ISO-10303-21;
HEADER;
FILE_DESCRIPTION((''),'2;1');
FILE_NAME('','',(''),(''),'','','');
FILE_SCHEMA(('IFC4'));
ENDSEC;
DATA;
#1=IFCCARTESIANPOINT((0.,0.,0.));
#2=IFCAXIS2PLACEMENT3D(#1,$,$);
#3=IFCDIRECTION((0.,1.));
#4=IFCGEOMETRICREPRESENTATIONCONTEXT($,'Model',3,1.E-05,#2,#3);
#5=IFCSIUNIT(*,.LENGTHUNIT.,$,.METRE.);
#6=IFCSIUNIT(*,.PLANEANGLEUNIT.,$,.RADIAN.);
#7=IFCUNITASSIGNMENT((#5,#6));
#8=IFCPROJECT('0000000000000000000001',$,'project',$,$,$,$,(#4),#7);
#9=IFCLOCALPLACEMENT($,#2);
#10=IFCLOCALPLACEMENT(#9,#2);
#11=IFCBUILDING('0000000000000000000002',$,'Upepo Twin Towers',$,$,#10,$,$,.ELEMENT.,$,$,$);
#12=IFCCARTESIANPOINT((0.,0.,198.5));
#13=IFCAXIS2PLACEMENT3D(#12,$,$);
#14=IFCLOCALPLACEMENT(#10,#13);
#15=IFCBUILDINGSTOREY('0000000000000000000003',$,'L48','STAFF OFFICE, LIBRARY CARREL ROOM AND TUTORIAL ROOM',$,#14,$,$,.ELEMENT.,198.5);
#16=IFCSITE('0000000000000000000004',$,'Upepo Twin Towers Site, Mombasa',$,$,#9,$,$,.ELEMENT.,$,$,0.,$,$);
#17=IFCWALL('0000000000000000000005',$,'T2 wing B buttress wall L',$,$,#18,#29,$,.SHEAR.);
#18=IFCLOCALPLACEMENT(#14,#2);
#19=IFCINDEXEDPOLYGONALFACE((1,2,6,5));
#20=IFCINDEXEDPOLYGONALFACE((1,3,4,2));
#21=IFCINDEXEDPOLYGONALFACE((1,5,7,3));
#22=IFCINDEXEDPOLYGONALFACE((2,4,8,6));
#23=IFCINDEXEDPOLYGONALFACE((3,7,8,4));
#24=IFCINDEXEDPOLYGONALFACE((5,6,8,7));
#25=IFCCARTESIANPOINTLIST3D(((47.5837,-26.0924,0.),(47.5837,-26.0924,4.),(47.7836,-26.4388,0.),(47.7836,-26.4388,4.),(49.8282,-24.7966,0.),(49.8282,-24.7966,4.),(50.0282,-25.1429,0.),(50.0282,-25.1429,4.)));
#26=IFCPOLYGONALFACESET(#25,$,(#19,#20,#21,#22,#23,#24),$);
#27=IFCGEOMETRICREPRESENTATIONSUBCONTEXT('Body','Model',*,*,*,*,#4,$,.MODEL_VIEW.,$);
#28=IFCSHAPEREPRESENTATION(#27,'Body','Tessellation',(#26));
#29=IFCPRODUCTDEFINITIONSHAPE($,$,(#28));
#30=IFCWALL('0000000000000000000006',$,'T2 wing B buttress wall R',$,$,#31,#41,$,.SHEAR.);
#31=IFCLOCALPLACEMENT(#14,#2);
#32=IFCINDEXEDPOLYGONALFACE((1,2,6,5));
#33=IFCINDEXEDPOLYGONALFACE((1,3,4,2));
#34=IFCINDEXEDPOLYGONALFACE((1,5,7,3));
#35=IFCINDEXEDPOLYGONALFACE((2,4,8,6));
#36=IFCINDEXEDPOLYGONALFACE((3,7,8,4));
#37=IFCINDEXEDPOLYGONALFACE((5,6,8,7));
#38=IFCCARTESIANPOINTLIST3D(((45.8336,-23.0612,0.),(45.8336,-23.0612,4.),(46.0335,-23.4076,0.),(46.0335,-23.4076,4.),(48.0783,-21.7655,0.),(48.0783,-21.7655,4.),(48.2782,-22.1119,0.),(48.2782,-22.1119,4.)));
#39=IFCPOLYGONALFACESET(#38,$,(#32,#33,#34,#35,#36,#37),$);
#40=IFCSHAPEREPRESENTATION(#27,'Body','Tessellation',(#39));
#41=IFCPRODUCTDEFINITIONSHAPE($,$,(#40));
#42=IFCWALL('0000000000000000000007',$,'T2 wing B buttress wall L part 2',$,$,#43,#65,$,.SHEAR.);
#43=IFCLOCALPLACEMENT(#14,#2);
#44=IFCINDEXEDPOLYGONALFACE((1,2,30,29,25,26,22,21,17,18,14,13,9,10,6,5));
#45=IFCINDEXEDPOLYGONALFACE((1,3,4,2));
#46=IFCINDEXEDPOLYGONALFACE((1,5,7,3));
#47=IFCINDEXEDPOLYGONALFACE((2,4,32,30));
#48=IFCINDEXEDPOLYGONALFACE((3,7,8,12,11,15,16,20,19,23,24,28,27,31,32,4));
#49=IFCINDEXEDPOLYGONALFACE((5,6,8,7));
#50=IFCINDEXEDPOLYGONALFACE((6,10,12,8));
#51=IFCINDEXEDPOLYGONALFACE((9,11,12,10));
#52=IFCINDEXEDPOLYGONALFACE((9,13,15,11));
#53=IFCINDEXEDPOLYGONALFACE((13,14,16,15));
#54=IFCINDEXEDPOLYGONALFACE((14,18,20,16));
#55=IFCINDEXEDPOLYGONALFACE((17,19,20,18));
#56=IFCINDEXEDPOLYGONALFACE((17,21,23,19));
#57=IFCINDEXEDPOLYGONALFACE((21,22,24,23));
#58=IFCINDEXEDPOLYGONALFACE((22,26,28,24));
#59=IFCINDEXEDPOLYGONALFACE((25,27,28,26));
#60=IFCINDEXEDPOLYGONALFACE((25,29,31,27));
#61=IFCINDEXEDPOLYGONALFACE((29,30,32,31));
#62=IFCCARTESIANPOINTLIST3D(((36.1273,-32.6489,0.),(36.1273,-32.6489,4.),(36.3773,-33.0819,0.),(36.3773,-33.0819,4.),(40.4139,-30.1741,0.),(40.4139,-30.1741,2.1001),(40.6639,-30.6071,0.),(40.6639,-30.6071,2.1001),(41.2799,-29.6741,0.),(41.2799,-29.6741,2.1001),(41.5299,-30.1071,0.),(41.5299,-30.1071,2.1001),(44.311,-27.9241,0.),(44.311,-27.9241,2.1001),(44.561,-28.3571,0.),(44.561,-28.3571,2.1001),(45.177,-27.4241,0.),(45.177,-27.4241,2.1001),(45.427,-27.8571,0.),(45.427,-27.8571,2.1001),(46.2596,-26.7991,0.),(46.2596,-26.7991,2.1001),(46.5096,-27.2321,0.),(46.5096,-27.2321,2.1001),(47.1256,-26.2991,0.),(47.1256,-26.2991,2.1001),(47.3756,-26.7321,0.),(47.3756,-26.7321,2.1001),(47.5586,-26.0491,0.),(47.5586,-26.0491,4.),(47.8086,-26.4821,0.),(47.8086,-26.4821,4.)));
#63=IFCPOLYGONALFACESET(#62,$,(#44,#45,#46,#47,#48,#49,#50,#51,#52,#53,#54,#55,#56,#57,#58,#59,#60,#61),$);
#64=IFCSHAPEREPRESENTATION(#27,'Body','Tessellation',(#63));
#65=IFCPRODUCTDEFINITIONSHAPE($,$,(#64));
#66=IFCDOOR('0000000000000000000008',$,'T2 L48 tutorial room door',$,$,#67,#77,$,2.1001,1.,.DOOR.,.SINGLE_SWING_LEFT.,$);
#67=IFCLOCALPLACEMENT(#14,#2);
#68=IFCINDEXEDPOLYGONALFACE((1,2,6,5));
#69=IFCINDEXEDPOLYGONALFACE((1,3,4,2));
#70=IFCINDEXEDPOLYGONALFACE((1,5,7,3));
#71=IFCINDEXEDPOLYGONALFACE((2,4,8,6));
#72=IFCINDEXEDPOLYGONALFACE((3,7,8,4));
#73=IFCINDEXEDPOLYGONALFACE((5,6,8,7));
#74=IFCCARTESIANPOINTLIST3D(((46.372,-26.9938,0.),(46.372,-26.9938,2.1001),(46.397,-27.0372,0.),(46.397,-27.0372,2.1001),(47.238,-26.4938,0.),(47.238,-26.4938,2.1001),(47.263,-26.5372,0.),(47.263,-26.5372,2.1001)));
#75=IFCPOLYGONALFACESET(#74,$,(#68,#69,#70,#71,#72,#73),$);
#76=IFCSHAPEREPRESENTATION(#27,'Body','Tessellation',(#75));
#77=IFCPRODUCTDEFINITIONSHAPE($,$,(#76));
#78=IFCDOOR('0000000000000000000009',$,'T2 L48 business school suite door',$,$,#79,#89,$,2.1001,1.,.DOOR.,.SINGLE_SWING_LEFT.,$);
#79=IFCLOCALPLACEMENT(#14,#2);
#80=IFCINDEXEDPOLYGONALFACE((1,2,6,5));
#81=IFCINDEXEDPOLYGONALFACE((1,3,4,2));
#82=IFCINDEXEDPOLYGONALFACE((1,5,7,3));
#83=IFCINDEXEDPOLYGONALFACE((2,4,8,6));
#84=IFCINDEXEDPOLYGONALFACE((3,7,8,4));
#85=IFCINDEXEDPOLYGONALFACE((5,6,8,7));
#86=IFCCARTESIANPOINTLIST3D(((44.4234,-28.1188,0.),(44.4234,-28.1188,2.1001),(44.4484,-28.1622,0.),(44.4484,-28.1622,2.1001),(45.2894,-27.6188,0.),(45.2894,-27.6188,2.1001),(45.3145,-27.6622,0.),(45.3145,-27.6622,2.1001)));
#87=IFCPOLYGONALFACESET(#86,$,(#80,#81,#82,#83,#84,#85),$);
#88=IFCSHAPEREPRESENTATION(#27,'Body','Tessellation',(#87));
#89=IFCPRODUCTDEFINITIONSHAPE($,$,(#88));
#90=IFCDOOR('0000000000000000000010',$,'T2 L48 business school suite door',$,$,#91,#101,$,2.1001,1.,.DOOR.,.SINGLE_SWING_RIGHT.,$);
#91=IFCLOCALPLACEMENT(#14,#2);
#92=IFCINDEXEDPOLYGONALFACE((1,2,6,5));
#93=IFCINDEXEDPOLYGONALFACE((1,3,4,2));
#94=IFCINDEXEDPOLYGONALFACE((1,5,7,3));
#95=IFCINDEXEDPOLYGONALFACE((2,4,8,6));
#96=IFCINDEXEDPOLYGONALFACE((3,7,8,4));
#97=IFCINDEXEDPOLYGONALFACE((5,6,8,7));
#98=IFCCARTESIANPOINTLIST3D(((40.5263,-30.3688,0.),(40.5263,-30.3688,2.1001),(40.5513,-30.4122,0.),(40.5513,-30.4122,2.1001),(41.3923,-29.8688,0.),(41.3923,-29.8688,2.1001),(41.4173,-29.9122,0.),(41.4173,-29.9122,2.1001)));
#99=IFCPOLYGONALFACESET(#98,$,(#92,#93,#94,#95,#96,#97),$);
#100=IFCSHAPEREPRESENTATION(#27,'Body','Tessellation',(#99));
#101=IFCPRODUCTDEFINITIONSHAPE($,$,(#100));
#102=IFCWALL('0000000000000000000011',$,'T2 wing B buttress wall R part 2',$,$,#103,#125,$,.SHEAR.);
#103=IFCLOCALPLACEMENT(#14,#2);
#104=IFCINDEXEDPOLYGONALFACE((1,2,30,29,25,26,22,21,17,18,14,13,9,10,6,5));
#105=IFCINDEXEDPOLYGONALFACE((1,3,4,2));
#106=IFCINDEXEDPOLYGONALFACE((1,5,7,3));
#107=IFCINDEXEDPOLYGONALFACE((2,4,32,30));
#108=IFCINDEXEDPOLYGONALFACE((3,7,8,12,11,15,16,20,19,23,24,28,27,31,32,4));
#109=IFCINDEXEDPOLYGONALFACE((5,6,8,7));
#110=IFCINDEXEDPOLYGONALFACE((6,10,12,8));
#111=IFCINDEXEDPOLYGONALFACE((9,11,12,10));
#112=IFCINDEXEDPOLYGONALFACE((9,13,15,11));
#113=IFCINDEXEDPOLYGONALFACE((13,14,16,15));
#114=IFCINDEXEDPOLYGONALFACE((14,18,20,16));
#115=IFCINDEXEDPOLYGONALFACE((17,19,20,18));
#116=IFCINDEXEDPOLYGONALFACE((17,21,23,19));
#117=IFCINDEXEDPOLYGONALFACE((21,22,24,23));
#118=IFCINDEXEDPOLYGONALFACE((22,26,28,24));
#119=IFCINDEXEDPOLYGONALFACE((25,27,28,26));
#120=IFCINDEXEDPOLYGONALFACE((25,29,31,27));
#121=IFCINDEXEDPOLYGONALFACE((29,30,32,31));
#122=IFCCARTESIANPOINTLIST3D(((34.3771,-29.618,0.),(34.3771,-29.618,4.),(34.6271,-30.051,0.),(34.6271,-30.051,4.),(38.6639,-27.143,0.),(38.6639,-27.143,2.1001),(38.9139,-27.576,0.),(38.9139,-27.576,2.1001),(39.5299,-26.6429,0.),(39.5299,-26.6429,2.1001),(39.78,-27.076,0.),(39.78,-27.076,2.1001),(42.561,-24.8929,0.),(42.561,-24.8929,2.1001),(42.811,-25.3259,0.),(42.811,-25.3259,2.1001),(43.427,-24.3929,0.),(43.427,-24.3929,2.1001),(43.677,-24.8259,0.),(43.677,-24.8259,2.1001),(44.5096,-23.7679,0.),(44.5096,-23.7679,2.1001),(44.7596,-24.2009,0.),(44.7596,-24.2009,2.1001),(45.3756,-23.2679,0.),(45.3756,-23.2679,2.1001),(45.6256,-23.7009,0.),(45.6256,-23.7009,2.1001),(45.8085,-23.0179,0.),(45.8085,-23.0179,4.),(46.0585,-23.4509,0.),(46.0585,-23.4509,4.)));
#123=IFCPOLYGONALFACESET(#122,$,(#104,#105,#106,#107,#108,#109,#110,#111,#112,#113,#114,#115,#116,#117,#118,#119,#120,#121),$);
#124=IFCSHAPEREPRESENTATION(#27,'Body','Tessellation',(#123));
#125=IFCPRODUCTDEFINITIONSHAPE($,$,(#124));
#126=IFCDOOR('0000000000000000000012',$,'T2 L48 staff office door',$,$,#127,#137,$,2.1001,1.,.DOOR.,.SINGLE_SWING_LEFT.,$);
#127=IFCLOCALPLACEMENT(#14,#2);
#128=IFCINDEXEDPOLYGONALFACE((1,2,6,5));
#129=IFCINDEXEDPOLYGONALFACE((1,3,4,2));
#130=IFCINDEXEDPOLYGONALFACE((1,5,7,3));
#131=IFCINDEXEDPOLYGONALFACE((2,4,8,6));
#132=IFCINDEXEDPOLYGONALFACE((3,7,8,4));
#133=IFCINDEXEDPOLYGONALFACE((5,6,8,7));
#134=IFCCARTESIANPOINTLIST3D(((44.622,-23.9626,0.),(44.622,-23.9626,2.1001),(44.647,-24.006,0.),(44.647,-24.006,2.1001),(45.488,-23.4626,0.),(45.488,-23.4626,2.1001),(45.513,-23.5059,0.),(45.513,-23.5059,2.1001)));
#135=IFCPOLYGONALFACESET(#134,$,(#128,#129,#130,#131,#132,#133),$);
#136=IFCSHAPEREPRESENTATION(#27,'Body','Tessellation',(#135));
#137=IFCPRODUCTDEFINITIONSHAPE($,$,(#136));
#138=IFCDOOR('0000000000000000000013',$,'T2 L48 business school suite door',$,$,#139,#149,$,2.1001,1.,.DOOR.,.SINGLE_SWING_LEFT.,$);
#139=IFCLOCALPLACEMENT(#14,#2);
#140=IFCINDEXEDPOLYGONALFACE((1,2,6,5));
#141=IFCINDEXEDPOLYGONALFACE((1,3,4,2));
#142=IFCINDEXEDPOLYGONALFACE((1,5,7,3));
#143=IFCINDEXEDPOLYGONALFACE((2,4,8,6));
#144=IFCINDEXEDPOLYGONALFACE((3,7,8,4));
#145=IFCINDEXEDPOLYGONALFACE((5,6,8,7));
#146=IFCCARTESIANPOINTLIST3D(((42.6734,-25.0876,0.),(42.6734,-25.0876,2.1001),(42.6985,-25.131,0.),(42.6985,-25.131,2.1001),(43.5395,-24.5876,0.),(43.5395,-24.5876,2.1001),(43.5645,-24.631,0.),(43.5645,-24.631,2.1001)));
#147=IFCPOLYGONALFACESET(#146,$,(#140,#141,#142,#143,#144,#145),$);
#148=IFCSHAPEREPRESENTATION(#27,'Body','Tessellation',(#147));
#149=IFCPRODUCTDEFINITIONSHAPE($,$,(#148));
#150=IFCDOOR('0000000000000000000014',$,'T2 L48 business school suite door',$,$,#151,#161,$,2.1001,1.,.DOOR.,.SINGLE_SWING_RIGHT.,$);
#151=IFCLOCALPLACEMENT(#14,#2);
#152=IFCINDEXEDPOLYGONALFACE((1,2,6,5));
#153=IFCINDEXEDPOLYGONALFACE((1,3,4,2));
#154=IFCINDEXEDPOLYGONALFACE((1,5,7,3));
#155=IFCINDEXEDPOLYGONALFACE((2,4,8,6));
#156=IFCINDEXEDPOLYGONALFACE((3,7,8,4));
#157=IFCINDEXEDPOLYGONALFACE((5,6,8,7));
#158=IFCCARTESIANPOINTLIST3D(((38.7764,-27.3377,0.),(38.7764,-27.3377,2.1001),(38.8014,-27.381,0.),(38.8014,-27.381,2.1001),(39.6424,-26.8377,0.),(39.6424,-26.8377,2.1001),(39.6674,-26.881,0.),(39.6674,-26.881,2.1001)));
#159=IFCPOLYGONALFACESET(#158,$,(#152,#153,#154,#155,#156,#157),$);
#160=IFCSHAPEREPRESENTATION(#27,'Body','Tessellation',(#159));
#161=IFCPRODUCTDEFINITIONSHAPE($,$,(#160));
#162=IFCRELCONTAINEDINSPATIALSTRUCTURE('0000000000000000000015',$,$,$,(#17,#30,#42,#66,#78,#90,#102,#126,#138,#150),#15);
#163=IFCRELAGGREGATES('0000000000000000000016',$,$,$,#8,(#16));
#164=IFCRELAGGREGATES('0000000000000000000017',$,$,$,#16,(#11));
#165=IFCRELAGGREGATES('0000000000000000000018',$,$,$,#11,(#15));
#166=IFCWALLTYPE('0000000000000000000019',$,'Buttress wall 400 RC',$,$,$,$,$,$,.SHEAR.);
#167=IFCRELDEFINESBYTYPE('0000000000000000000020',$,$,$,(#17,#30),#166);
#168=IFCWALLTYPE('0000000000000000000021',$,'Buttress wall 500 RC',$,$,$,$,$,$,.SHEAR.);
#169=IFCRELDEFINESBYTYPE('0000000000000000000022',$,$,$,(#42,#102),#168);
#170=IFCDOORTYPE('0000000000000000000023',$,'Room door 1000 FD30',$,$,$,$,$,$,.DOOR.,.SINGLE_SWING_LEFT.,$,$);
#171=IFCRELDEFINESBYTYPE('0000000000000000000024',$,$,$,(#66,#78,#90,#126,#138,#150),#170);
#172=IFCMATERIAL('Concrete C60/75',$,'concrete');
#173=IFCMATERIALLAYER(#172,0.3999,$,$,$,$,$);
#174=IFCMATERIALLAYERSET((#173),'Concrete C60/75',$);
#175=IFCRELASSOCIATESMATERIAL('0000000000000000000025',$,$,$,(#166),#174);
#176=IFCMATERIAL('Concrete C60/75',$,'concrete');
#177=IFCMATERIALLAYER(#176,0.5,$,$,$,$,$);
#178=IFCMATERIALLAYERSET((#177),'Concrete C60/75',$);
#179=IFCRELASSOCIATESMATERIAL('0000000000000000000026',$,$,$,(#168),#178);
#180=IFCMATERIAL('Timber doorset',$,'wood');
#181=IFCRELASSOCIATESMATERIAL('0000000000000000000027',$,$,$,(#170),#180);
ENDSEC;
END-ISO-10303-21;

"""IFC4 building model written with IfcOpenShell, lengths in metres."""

from ifc_helpers import new_model, si_unit, direction, frame, frame_2d, origin, place, context, subcontext, project, spatial, rectangle, extrude, material, layer, layer_set, type_object, element, fill, save


model = new_model("IFC4")

# Units and contexts
model_context = context("Model", 3, precision=1e-05, world=origin(), true_north=direction((0.0, 1.0)))
body_context = subcontext(model_context, "Body", "Model", "MODEL_VIEW")
ifc_project = project(units=[si_unit("LENGTHUNIT", "METRE"), si_unit("PLANEANGLEUNIT", "RADIAN")], contexts=[model_context])

# Site, building, storey
site_placement = place(None, origin())
site = spatial("IfcSite", under=ifc_project, at=site_placement, Name="Upepo Twin Towers Site, Mombasa", CompositionType="ELEMENT", RefElevation=0.0)
building_placement = place(site_placement, origin())
building = spatial("IfcBuilding", under=site, at=building_placement, Name="Upepo Twin Towers", CompositionType="ELEMENT")
storey_placement = place(building_placement, frame((0.0, 0.0, 198.5)))
storey = spatial("IfcBuildingStorey", under=building, at=storey_placement, Name="L48", Description="STAFF OFFICE, LIBRARY CARREL ROOM AND TUTORIAL ROOM", CompositionType="ELEMENT", Elevation=198.5)

# Walls
ifc_material_1 = material(Name="Concrete C60/75", Category="concrete")
ifc_layer_1 = layer(ifc_material_1, 0.3999)
ifc_layer_set_1 = layer_set([ifc_layer_1], Name="Concrete C60/75")
wall_type_1 = type_object("IfcWallType", Name="Buttress wall 400 RC", PredefinedType="SHEAR", material=ifc_layer_set_1)
for number, where, z_axis, x_axis, name in (
    (1, (49.9282, -24.9697, 0.0), (0.0, 0.0, 1.0), (-0.866032, -0.499989, 0.0), "T2 wing B buttress wall L"),
    (2, (48.1782, -21.9387, 0.0), (0.0, 0.0, 1.0), (-0.866073, -0.499918, 0.0), "T2 wing B buttress wall R"),
):
    element("IfcWall", number, at=place(storey_placement, frame(where, z_axis=z_axis, x_axis=x_axis)), inside=storey, type_object=wall_type_1, Name=name, PredefinedType="SHEAR", context=body_context, shape_type="SweptSolid", body=[
        extrude(rectangle(XDim=2.5918, YDim=0.3999, at=frame_2d((1.2959, 0.0))), origin(), (0.0, 0.0, 1.0), 4.0),
    ])

# Walls, openings, doors
ifc_material_2 = material(Name="Concrete C60/75", Category="concrete")
ifc_layer_2 = layer(ifc_material_2, 0.5)
ifc_layer_set_2 = layer_set([ifc_layer_2], Name="Concrete C60/75")
wall_type_2 = type_object("IfcWallType", Name="Buttress wall 500 RC", PredefinedType="SHEAR", material=ifc_layer_set_2)
wall_1_placement = place(storey_placement, frame((47.6836, -26.2656, 0.0), z_axis=(0.0, 0.0, 1.0), x_axis=(-0.866028, -0.499996, 0.0)))
wall_1 = element("IfcWall", 3, at=wall_1_placement, inside=storey, type_object=wall_type_2, Name="T2 wing B buttress wall L part 2", PredefinedType="SHEAR", context=body_context, shape_type="SweptSolid", body=[
    extrude(rectangle(XDim=13.1997, YDim=0.5, at=frame_2d((6.5999, 0.0))), origin(), (0.0, 0.0, 1.0), 4.0),
])
opening_1_placement = place(wall_1_placement, frame((0.5, 0.0, 0.0)))
opening_1 = element("IfcOpeningElement", 4, at=opening_1_placement, cuts=wall_1, PredefinedType="OPENING", context=body_context, shape_type="SweptSolid", body=[
    extrude(rectangle(XDim=1.0, YDim=2.1001, at=frame_2d((0.5, 1.05))), frame((0.0, 0.26, 0.0), z_axis=(0.0, -1.0, 0.0), x_axis=(1.0, 0.0, 0.0)), (0.0, 0.0, 1.0), 0.52),
])
opening_2_placement = place(wall_1_placement, frame((2.75, 0.0, 0.0)))
opening_2 = element("IfcOpeningElement", 5, at=opening_2_placement, cuts=wall_1, PredefinedType="OPENING", context=body_context, shape_type="SweptSolid", body=[
    extrude(rectangle(XDim=1.0, YDim=2.1001, at=frame_2d((0.5, 1.05))), frame((0.0, 0.26, 0.0), z_axis=(0.0, -1.0, 0.0), x_axis=(1.0, 0.0, 0.0)), (0.0, 0.0, 1.0), 0.52),
])
opening_3_placement = place(wall_1_placement, frame((7.25, 0.0, 0.0)))
opening_3 = element("IfcOpeningElement", 6, at=opening_3_placement, cuts=wall_1, PredefinedType="OPENING", context=body_context, shape_type="SweptSolid", body=[
    extrude(rectangle(XDim=1.0, YDim=2.1001, at=frame_2d((0.5, 1.05))), frame((0.0, 0.26, 0.0), z_axis=(0.0, -1.0, 0.0), x_axis=(1.0, 0.0, 0.0)), (0.0, 0.0, 1.0), 0.52),
])
ifc_material_3 = material(Name="Timber doorset", Category="wood")
door_type_1 = type_object("IfcDoorType", Name="Room door 1000 FD30", OperationType="SINGLE_SWING_LEFT", PredefinedType="DOOR", material=ifc_material_3)
door_1_placement = place(opening_1_placement, origin())
door_1 = element("IfcDoor", 7, at=door_1_placement, inside=storey, type_object=door_type_1, Name="T2 L48 tutorial room door", OperationType="SINGLE_SWING_LEFT", OverallHeight=2.1001, OverallWidth=1.0, PredefinedType="DOOR", context=body_context, shape_type="SweptSolid", body=[
    extrude(rectangle(XDim=1.0, YDim=2.1001, at=frame_2d((0.5, 1.05))), frame((0.0, 0.0249, 0.0), z_axis=(0.0, -1.0, 0.0), x_axis=(1.0, 0.0, 0.0)), (0.0, 0.0, 1.0), 0.05),
])
fill(opening_1, door_1)
door_2_placement = place(opening_2_placement, origin())
door_2 = element("IfcDoor", 8, at=door_2_placement, inside=storey, type_object=door_type_1, Name="T2 L48 business school suite door", OperationType="SINGLE_SWING_LEFT", OverallHeight=2.1001, OverallWidth=1.0, PredefinedType="DOOR", context=body_context, shape_type="SweptSolid", body=[
    extrude(rectangle(XDim=1.0, YDim=2.1001, at=frame_2d((0.5, 1.05))), frame((0.0, 0.0249, 0.0), z_axis=(0.0, -1.0, 0.0), x_axis=(1.0, 0.0, 0.0)), (0.0, 0.0, 1.0), 0.05),
])
fill(opening_2, door_2)
door_3_placement = place(opening_3_placement, origin())
door_3 = element("IfcDoor", 9, at=door_3_placement, inside=storey, type_object=door_type_1, Name="T2 L48 business school suite door", OperationType="SINGLE_SWING_RIGHT", OverallHeight=2.1001, OverallWidth=1.0, PredefinedType="DOOR", context=body_context, shape_type="SweptSolid", body=[
    extrude(rectangle(XDim=1.0, YDim=2.1001, at=frame_2d((0.5, 1.05))), frame((0.0, 0.0249, 0.0), z_axis=(0.0, -1.0, 0.0), x_axis=(1.0, 0.0, 0.0)), (0.0, 0.0, 1.0), 0.05),
])
fill(opening_3, door_3)
wall_2_placement = place(storey_placement, frame((45.9336, -23.2344, 0.0), z_axis=(0.0, 0.0, 1.0), x_axis=(-0.86602, -0.50001, 0.0)))
wall_2 = element("IfcWall", 10, at=wall_2_placement, inside=storey, type_object=wall_type_2, Name="T2 wing B buttress wall R part 2", PredefinedType="SHEAR", context=body_context, shape_type="SweptSolid", body=[
    extrude(rectangle(XDim=13.2, YDim=0.5, at=frame_2d((6.6001, 0.0))), origin(), (0.0, 0.0, 1.0), 4.0),
])
opening_4_placement = place(wall_2_placement, frame((0.5, 0.0, 0.0)))
opening_4 = element("IfcOpeningElement", 11, at=opening_4_placement, cuts=wall_2, PredefinedType="OPENING", context=body_context, shape_type="SweptSolid", body=[
    extrude(rectangle(XDim=1.0, YDim=2.1001, at=frame_2d((0.5, 1.05))), frame((0.0, 0.26, 0.0), z_axis=(0.0, -1.0, 0.0), x_axis=(1.0, 0.0, 0.0)), (0.0, 0.0, 1.0), 0.52),
])
opening_5_placement = place(wall_2_placement, frame((2.75, 0.0, 0.0)))
opening_5 = element("IfcOpeningElement", 12, at=opening_5_placement, cuts=wall_2, PredefinedType="OPENING", context=body_context, shape_type="SweptSolid", body=[
    extrude(rectangle(XDim=1.0, YDim=2.1001, at=frame_2d((0.5, 1.05))), frame((0.0, 0.26, 0.0), z_axis=(0.0, -1.0, 0.0), x_axis=(1.0, 0.0, 0.0)), (0.0, 0.0, 1.0), 0.52),
])
opening_6_placement = place(wall_2_placement, frame((7.25, 0.0, 0.0)))
opening_6 = element("IfcOpeningElement", 13, at=opening_6_placement, cuts=wall_2, PredefinedType="OPENING", context=body_context, shape_type="SweptSolid", body=[
    extrude(rectangle(XDim=1.0, YDim=2.1001, at=frame_2d((0.5, 1.05))), frame((0.0, 0.26, 0.0), z_axis=(0.0, -1.0, 0.0), x_axis=(1.0, 0.0, 0.0)), (0.0, 0.0, 1.0), 0.52),
])
door_4_placement = place(opening_4_placement, origin())
door_4 = element("IfcDoor", 14, at=door_4_placement, inside=storey, type_object=door_type_1, Name="T2 L48 staff office door", OperationType="SINGLE_SWING_LEFT", OverallHeight=2.1001, OverallWidth=1.0, PredefinedType="DOOR", context=body_context, shape_type="SweptSolid", body=[
    extrude(rectangle(XDim=1.0, YDim=2.1001, at=frame_2d((0.5, 1.05))), frame((0.0, 0.0249, 0.0), z_axis=(0.0, -1.0, 0.0), x_axis=(1.0, 0.0, 0.0)), (0.0, 0.0, 1.0), 0.05),
])
fill(opening_4, door_4)
door_5_placement = place(opening_5_placement, origin())
door_5 = element("IfcDoor", 15, at=door_5_placement, inside=storey, type_object=door_type_1, Name="T2 L48 business school suite door", OperationType="SINGLE_SWING_LEFT", OverallHeight=2.1001, OverallWidth=1.0, PredefinedType="DOOR", context=body_context, shape_type="SweptSolid", body=[
    extrude(rectangle(XDim=1.0, YDim=2.1001, at=frame_2d((0.5, 1.05))), frame((0.0, 0.0249, 0.0), z_axis=(0.0, -1.0, 0.0), x_axis=(1.0, 0.0, 0.0)), (0.0, 0.0, 1.0), 0.05),
])
fill(opening_5, door_5)
door_6_placement = place(opening_6_placement, origin())
door_6 = element("IfcDoor", 16, at=door_6_placement, inside=storey, type_object=door_type_1, Name="T2 L48 business school suite door", OperationType="SINGLE_SWING_RIGHT", OverallHeight=2.1001, OverallWidth=1.0, PredefinedType="DOOR", context=body_context, shape_type="SweptSolid", body=[
    extrude(rectangle(XDim=1.0, YDim=2.1001, at=frame_2d((0.5, 1.05))), frame((0.0, 0.0249, 0.0), z_axis=(0.0, -1.0, 0.0), x_axis=(1.0, 0.0, 0.0)), (0.0, 0.0, 1.0), 0.05),
])
fill(opening_6, door_6)

save(model, "model.ifc")
